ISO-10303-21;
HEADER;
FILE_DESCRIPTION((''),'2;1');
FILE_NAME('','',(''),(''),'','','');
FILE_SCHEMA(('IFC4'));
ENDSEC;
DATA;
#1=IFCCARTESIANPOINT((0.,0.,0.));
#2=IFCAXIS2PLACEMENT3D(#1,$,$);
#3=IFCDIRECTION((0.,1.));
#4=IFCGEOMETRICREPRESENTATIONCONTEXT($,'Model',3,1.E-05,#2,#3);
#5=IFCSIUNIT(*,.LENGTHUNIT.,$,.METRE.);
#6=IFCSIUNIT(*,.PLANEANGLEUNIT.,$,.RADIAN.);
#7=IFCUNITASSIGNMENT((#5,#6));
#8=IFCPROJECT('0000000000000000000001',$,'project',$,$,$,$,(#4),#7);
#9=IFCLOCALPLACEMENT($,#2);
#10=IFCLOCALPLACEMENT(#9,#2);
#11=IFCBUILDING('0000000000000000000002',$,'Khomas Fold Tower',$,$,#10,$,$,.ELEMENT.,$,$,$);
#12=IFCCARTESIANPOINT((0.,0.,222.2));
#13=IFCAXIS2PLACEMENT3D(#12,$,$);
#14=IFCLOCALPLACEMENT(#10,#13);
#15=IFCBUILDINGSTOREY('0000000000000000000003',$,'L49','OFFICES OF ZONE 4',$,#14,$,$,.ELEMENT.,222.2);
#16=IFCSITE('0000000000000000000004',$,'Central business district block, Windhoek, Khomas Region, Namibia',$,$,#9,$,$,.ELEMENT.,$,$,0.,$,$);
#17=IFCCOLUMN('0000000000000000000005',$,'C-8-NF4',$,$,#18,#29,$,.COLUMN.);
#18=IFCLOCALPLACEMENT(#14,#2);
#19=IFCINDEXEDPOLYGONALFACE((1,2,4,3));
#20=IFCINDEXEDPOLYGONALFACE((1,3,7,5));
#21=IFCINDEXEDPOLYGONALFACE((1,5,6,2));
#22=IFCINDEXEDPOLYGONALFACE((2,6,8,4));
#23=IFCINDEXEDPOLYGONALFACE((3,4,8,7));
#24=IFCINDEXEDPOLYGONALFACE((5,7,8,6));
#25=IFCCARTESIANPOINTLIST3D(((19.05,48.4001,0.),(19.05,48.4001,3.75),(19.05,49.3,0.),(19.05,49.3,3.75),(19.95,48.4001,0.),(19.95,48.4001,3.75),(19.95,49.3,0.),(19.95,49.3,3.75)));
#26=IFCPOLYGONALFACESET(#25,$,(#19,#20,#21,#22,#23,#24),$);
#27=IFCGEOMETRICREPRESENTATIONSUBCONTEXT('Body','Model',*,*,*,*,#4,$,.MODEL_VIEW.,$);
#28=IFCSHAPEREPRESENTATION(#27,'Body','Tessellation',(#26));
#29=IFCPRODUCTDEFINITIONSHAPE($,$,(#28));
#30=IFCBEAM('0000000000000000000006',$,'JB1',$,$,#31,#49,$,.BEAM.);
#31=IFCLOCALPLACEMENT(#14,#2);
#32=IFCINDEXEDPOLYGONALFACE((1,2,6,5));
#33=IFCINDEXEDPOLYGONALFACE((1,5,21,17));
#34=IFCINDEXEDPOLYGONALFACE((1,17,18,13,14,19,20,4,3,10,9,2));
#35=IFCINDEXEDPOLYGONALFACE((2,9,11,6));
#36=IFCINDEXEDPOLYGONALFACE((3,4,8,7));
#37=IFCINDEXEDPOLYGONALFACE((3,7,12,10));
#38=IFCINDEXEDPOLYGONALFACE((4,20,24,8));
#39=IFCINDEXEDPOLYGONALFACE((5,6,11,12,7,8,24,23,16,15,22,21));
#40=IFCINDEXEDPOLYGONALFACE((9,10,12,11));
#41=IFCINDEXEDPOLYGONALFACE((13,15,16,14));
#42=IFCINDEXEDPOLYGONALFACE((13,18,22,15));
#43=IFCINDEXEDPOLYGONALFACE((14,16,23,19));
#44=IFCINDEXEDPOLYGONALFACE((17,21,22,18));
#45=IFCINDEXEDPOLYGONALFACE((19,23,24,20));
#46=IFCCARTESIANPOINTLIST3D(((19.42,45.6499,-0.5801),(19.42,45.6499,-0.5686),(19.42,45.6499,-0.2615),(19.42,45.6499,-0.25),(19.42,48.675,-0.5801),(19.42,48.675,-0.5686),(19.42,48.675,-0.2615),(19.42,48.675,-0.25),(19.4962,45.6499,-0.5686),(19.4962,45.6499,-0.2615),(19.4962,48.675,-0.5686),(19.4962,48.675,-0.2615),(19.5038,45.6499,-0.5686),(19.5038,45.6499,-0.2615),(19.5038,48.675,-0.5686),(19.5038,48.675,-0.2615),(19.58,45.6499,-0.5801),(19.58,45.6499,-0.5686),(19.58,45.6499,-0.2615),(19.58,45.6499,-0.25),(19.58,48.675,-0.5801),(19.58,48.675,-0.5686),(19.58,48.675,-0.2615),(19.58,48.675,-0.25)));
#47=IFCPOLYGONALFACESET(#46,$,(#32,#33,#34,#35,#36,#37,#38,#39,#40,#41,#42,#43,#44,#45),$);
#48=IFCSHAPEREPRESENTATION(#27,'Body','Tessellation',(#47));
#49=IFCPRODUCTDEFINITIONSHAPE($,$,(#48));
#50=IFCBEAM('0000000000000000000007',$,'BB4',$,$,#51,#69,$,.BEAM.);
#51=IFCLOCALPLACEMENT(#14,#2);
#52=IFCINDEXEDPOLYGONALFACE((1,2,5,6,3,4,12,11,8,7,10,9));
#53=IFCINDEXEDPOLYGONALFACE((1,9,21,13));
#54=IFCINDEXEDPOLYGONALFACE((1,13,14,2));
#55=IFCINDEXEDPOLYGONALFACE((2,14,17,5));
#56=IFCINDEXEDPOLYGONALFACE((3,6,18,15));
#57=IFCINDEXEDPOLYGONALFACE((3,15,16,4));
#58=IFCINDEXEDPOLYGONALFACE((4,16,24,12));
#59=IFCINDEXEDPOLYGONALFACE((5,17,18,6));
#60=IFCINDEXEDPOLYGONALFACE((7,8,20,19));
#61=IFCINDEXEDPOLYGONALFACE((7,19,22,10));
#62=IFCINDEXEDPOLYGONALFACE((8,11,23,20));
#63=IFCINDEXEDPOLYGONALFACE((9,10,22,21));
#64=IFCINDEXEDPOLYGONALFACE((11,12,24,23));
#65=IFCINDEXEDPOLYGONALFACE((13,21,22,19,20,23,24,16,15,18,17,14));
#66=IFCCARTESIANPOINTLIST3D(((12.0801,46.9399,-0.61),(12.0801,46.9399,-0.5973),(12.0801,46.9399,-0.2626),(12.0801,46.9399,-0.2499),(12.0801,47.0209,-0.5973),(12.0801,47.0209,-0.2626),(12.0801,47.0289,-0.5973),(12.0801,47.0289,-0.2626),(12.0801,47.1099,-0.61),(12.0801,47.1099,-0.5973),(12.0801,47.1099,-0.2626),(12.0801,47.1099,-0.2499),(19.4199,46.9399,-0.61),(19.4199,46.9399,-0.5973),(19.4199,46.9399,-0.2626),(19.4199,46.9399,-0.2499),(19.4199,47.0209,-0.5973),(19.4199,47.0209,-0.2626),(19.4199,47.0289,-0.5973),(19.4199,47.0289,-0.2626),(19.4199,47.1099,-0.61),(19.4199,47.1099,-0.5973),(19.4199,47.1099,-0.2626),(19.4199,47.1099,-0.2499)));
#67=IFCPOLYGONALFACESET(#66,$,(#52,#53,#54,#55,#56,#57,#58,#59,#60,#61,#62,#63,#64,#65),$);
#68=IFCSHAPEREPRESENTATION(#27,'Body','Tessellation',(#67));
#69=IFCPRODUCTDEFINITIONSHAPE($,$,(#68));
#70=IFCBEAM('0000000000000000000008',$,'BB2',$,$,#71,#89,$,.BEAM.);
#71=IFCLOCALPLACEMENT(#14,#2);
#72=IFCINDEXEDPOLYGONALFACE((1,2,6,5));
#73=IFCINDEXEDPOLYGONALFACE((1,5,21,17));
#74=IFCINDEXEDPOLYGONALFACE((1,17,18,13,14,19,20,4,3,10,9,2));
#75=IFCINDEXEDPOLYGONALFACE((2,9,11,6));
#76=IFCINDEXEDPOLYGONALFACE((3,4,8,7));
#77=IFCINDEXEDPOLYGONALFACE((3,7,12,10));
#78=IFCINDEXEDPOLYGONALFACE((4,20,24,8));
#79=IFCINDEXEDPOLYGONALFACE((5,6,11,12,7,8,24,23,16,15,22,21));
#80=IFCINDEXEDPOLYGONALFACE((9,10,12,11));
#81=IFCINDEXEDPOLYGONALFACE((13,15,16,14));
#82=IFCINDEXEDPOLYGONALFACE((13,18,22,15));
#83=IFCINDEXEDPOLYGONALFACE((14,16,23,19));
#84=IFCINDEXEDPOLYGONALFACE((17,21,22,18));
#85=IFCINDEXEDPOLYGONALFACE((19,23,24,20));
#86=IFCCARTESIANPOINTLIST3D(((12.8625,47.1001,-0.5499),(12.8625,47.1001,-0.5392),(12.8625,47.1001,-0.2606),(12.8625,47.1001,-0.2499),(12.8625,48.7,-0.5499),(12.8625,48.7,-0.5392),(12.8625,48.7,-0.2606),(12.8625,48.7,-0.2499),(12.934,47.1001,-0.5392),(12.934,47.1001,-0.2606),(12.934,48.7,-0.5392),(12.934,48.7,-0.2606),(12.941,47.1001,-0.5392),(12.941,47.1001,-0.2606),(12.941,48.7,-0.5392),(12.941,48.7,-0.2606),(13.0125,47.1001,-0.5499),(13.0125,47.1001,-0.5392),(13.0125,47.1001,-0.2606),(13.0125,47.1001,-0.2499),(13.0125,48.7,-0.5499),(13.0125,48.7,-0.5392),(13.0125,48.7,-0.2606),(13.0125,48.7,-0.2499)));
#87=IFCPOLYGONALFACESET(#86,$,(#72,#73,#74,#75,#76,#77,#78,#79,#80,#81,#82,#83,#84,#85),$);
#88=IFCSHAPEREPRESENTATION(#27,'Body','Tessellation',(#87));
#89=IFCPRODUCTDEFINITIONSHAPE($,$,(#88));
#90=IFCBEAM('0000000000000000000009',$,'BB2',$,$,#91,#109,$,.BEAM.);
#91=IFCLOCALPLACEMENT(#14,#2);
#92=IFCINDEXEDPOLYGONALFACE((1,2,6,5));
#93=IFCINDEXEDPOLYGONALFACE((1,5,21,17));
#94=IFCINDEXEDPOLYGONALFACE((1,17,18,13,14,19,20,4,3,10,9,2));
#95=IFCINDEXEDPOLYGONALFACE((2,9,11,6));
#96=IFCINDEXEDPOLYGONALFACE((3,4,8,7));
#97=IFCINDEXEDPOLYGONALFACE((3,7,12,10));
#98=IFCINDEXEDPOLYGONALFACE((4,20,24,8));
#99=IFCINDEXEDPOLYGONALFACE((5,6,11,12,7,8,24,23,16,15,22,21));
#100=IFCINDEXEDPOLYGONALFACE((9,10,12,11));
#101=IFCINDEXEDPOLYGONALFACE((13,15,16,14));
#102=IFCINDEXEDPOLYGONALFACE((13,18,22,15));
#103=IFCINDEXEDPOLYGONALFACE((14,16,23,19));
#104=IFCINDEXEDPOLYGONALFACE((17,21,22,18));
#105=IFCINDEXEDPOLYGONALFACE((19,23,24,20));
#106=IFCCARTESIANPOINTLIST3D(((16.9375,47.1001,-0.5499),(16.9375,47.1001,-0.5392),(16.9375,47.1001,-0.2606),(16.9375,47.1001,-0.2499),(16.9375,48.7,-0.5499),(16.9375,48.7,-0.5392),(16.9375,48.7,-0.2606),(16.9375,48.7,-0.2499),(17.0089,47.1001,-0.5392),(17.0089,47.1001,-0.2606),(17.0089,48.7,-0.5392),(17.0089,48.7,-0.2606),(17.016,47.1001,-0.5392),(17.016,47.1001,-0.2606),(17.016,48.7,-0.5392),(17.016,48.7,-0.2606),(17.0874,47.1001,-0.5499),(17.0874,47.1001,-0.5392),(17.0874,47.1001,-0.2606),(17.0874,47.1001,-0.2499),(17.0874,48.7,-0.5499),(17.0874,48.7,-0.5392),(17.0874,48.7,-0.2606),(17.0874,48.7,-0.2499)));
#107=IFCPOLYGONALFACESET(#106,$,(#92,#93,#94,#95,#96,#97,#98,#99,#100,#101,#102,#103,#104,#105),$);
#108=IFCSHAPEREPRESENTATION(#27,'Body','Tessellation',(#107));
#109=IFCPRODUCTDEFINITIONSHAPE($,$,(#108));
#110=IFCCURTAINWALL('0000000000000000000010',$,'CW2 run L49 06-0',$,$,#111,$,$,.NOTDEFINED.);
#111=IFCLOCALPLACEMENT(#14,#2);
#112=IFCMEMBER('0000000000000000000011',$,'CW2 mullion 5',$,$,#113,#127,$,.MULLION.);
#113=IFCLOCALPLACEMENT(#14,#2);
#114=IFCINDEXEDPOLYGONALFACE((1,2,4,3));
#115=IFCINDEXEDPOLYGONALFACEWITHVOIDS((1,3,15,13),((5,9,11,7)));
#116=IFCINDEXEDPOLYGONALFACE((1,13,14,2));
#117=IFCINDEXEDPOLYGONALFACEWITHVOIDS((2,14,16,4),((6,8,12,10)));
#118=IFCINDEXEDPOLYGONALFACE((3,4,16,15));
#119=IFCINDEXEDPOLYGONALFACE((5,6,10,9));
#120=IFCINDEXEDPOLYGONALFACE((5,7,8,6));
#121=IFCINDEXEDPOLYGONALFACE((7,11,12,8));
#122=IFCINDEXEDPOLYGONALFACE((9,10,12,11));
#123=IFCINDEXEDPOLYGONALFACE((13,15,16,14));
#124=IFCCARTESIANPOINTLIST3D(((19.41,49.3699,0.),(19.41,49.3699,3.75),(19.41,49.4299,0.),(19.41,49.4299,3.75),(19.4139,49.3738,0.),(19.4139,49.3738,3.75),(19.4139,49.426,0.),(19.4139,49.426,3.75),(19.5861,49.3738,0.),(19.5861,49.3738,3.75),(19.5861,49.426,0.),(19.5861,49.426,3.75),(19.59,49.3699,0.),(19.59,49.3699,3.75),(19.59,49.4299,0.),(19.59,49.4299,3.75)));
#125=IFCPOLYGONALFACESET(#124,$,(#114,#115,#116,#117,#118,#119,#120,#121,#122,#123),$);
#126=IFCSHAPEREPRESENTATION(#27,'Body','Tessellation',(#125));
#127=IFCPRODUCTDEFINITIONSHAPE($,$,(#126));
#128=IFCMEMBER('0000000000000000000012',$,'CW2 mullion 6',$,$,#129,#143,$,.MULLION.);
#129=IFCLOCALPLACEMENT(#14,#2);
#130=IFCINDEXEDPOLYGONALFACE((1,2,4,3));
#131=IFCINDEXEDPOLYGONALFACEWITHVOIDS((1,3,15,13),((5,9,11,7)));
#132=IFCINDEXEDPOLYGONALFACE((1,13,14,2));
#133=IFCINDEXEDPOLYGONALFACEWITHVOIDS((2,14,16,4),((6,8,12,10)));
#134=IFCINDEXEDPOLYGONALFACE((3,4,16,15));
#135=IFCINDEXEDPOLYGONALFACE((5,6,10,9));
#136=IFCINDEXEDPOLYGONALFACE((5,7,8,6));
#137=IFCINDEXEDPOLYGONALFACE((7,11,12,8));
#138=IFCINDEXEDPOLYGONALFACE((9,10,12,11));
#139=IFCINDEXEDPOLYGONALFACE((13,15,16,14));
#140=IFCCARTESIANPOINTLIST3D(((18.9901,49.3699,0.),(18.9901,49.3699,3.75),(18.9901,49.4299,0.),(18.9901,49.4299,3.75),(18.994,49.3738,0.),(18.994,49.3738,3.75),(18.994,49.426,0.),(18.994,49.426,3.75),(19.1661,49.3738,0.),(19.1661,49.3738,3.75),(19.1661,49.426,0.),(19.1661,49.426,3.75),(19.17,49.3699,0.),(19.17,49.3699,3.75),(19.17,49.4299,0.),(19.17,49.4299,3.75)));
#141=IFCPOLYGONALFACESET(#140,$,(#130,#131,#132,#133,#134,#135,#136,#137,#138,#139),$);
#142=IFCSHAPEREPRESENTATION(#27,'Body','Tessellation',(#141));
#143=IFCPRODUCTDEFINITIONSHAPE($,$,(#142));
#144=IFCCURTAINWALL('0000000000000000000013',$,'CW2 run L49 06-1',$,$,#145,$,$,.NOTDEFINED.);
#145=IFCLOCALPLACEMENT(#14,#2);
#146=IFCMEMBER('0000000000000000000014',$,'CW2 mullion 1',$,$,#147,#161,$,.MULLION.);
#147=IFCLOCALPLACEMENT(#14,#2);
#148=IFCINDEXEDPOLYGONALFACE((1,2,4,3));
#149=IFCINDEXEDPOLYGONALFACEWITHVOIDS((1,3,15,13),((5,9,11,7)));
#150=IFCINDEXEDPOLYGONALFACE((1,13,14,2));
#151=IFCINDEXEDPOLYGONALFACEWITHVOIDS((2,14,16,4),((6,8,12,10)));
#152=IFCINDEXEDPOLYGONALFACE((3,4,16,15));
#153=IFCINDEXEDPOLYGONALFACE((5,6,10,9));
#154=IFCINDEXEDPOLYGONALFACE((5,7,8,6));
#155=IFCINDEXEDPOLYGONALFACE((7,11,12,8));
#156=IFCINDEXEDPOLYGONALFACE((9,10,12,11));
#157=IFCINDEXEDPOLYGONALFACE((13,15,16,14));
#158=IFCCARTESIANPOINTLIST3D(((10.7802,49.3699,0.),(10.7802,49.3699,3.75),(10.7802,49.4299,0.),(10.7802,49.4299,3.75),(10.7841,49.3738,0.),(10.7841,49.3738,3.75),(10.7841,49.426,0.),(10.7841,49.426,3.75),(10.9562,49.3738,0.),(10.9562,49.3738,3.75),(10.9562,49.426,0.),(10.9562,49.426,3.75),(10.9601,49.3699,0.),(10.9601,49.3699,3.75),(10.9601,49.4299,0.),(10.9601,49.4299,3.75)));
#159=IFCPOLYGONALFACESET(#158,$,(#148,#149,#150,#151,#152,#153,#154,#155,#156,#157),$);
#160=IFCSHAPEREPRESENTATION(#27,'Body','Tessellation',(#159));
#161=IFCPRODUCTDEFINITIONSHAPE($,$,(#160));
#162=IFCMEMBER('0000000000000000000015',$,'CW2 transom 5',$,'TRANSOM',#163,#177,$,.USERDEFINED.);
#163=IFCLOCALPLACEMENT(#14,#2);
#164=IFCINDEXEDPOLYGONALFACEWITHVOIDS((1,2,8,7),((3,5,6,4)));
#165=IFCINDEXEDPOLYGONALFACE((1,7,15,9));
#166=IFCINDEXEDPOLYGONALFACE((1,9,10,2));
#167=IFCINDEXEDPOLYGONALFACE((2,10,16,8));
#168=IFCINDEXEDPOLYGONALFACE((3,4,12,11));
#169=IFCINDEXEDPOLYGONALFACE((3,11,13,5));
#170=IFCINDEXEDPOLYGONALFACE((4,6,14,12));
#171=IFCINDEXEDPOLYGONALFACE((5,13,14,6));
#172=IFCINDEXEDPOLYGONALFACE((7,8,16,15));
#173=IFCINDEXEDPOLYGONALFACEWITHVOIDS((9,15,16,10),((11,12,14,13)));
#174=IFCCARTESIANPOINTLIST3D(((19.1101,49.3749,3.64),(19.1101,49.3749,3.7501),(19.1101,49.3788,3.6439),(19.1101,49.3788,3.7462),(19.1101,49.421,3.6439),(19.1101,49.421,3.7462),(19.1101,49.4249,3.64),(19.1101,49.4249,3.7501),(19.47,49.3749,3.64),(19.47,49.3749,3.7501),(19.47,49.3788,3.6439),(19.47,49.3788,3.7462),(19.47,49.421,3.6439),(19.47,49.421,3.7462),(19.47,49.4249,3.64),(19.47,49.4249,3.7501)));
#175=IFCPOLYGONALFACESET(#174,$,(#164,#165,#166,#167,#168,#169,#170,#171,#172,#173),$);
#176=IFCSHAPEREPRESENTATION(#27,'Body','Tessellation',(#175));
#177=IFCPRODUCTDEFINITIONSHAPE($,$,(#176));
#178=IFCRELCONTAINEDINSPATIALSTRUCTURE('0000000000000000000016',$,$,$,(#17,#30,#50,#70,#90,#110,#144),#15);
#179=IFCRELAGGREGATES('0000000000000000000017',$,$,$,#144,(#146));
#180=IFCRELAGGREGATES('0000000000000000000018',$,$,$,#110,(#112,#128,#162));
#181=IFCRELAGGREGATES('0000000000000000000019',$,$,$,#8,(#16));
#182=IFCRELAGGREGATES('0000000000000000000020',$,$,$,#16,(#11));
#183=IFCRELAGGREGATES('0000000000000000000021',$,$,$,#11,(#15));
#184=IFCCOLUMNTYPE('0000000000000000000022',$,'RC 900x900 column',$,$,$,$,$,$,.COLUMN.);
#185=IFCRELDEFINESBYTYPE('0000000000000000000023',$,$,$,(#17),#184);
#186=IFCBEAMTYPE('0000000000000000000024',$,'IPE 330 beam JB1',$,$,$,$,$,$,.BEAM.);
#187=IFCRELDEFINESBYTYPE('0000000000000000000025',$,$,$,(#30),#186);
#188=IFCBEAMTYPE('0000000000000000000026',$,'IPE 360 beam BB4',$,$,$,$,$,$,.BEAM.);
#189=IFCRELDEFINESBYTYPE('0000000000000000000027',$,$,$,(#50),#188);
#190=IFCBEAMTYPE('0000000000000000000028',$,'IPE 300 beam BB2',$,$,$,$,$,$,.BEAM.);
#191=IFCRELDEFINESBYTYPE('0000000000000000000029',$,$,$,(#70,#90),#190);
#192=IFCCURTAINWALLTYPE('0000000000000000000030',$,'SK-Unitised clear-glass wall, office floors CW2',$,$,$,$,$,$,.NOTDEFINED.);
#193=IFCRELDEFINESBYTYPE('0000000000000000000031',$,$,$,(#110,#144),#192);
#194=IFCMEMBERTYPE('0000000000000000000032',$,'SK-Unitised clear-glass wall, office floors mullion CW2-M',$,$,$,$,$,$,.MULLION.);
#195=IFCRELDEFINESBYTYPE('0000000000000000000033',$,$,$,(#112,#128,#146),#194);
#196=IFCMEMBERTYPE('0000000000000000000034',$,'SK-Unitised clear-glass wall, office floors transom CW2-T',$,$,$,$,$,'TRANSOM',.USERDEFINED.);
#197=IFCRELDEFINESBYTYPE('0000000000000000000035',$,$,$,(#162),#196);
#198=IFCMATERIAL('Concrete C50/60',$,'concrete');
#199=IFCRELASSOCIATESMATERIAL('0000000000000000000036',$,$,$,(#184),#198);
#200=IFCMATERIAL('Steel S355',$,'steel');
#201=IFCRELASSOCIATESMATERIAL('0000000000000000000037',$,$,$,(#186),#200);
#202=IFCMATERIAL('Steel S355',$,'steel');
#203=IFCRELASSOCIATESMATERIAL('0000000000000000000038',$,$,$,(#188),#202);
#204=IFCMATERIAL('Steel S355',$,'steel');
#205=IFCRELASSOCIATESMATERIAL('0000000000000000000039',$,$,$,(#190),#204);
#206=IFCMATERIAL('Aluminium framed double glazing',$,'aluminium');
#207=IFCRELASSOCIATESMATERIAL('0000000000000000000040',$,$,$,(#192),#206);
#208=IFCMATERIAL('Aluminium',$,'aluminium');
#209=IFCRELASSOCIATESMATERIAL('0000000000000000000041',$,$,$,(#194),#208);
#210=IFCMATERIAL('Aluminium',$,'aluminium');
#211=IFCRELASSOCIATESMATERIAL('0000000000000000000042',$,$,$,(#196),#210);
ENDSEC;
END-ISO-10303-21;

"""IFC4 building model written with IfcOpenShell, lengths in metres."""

from ifc_helpers import new_model, si_unit, direction, frame, origin, origin_2d, place, context, subcontext, project, spatial, rectangle, hollow_rectangle, i_section, extrude, source, transform, mapped, material, material_profile, profile_set, type_object, element, aggregate, save


model = new_model("IFC4")

# Units and contexts
model_context = context("Model", 3, precision=1e-05, world=origin(), true_north=direction((0.0, 1.0)))
body_context = subcontext(model_context, "Body", "Model", "MODEL_VIEW")
ifc_project = project(units=[si_unit("LENGTHUNIT", "METRE"), si_unit("PLANEANGLEUNIT", "RADIAN")], contexts=[model_context])

# Site, building, storey
site_placement = place(None, origin())
site = spatial("IfcSite", under=ifc_project, at=site_placement, Name="Central business district block, Windhoek, Khomas Region, Namibia", CompositionType="ELEMENT", RefElevation=0.0)
building_placement = place(site_placement, origin())
building = spatial("IfcBuilding", under=site, at=building_placement, Name="Khomas Fold Tower", CompositionType="ELEMENT")
storey_placement = place(building_placement, frame((0.0, 0.0, 222.2)))
storey = spatial("IfcBuildingStorey", under=building, at=storey_placement, Name="L49", Description="OFFICES OF ZONE 4", CompositionType="ELEMENT", Elevation=222.2)

# Column
ifc_material_1 = material(Name="Concrete C50/60", Category="concrete")
ifc_material_profile_1 = material_profile(ifc_material_1, rectangle(XDim=0.8999, YDim=0.8999, at=origin_2d()), Name="RC 900x900")
ifc_profile_set_1 = profile_set([ifc_material_profile_1], Name="Concrete C50/60")
column_type = type_object("IfcColumnType", Name="RC 900x900 column", PredefinedType="COLUMN", material=ifc_profile_set_1)
shared_shape_1 = source(origin(), body_context, "Body", "SweptSolid", [
    extrude(rectangle(XDim=0.8999, YDim=0.8999, at=origin_2d()), origin(), (0.0, 0.0, 1.0), 3.75),
])
column_placement = place(storey_placement, frame((19.5, 48.8501, 0.0), z_axis=(0.0, 0.0, 1.0), x_axis=(1.0, 0.0, 0.0)))
element("IfcColumn", 1, at=column_placement, inside=storey, type_object=column_type, Name="C-8-NF4", PredefinedType="COLUMN", context=body_context, shape_type="MappedRepresentation", body=[
    mapped(shared_shape_1, transform((0.0, 0.0, 0.0))),
])

# Beams
ifc_material_2 = material(Name="Steel S355", Category="steel")
ifc_material_profile_2 = material_profile(ifc_material_2, i_section(OverallWidth=0.1599, OverallDepth=0.3301, WebThickness=0.0076, FlangeThickness=0.0115, at=origin_2d()), Name="IPE 330")
ifc_profile_set_2 = profile_set([ifc_material_profile_2], Name="Steel S355")
beam_type_1 = type_object("IfcBeamType", Name="IPE 330 beam JB1", PredefinedType="BEAM", material=ifc_profile_set_2)
shared_shape_2 = source(origin(), body_context, "Body", "SweptSolid", [
    extrude(i_section(OverallWidth=0.1599, OverallDepth=0.3301, WebThickness=0.0076, FlangeThickness=0.0115, at=origin_2d()), origin(), (0.0, 0.0, 1.0), 3.0251),
])
beam_1_placement = place(storey_placement, frame((19.5, 45.6499, -0.415), z_axis=(0.0, 1.0, 0.0), x_axis=(-1.0, 0.0, 0.0)))
element("IfcBeam", 2, at=beam_1_placement, inside=storey, type_object=beam_type_1, Name="JB1", PredefinedType="BEAM", context=body_context, shape_type="MappedRepresentation", body=[
    mapped(shared_shape_2, transform((0.0, 0.0, 0.0))),
])
ifc_material_3 = material(Name="Steel S355", Category="steel")
ifc_material_profile_3 = material_profile(ifc_material_3, i_section(OverallWidth=0.1699, OverallDepth=0.3601, WebThickness=0.0081, FlangeThickness=0.0127, at=origin_2d()), Name="IPE 360")
ifc_profile_set_3 = profile_set([ifc_material_profile_3], Name="Steel S355")
beam_type_2 = type_object("IfcBeamType", Name="IPE 360 beam BB4", PredefinedType="BEAM", material=ifc_profile_set_3)
shared_shape_3 = source(origin(), body_context, "Body", "SweptSolid", [
    extrude(i_section(OverallWidth=0.1699, OverallDepth=0.3601, WebThickness=0.0081, FlangeThickness=0.0127, at=origin_2d()), origin(), (0.0, 0.0, 1.0), 7.3398),
])
beam_2_placement = place(storey_placement, frame((12.0801, 47.0249, -0.4299), z_axis=(1.0, 0.0, 0.0), x_axis=(0.0, 1.0, 0.0)))
element("IfcBeam", 3, at=beam_2_placement, inside=storey, type_object=beam_type_2, Name="BB4", PredefinedType="BEAM", context=body_context, shape_type="MappedRepresentation", body=[
    mapped(shared_shape_3, transform((0.0, 0.0, 0.0))),
])
ifc_material_4 = material(Name="Steel S355", Category="steel")
ifc_material_profile_4 = material_profile(ifc_material_4, i_section(OverallWidth=0.1499, OverallDepth=0.3, WebThickness=0.0071, FlangeThickness=0.0107, at=origin_2d()), Name="IPE 300")
ifc_profile_set_4 = profile_set([ifc_material_profile_4], Name="Steel S355")
beam_type_3 = type_object("IfcBeamType", Name="IPE 300 beam BB2", PredefinedType="BEAM", material=ifc_profile_set_4)
shared_shape_4 = source(origin(), body_context, "Body", "SweptSolid", [
    extrude(i_section(OverallWidth=0.1499, OverallDepth=0.3, WebThickness=0.0071, FlangeThickness=0.0107, at=origin_2d()), origin(), (0.0, 0.0, 1.0), 1.5999),
])
for number, where, z_axis, x_axis, name in (
    (4, (12.9375, 47.1001, -0.3999), (0.0, 1.0, 0.0), (-1.0, 0.0, 0.0), "BB2"),
    (5, (17.0125, 47.1001, -0.3999), (0.0, 1.0, 0.0), (-1.0, 0.0, 0.0), "BB2"),
):
    element("IfcBeam", number, at=place(storey_placement, frame(where, z_axis=z_axis, x_axis=x_axis)), inside=storey, type_object=beam_type_3, Name=name, PredefinedType="BEAM", context=body_context, shape_type="MappedRepresentation", body=[
        mapped(shared_shape_4, transform((0.0, 0.0, 0.0))),
    ])

# Curtain wall, members
ifc_material_5 = material(Name="Aluminium framed double glazing", Category="aluminium")
curtain_wall_type = type_object("IfcCurtainWallType", Name="SK-Unitised clear-glass wall, office floors CW2", PredefinedType="NOTDEFINED", material=ifc_material_5)
curtain_wall_1_placement = place(storey_placement, origin())
curtain_wall_1 = element("IfcCurtainWall", 6, at=curtain_wall_1_placement, inside=storey, type_object=curtain_wall_type, Name="CW2 run L49 06-0", PredefinedType="NOTDEFINED")
ifc_material_6 = material(Name="Aluminium", Category="aluminium")
ifc_material_profile_5 = material_profile(ifc_material_6, hollow_rectangle(XDim=0.0601, YDim=0.1799, WallThickness=0.0039, at=origin_2d()), Name="SK-Unitised clear-glass wall, office floors mullion CW2-M")
ifc_profile_set_5 = profile_set([ifc_material_profile_5], Name="Aluminium")
member_type_1 = type_object("IfcMemberType", Name="SK-Unitised clear-glass wall, office floors mullion CW2-M", PredefinedType="MULLION", material=ifc_profile_set_5)
shared_shape_5 = source(origin(), body_context, "Body", "SweptSolid", [
    extrude(hollow_rectangle(XDim=0.0601, YDim=0.1799, WallThickness=0.0039, at=origin_2d()), origin(), (0.0, 0.0, 1.0), 3.75),
])
member_1_placement = place(storey_placement, frame((19.5, 49.3999, 0.0), z_axis=(0.0, 0.0, 1.0), x_axis=(0.0, -1.0, 0.0)))
member_1 = element("IfcMember", 7, at=member_1_placement, type_object=member_type_1, Name="CW2 mullion 5", PredefinedType="MULLION", context=body_context, shape_type="MappedRepresentation", body=[
    mapped(shared_shape_5, transform((0.0, 0.0, 0.0))),
])
member_2_placement = place(storey_placement, frame((19.0801, 49.3999, 0.0), z_axis=(0.0, 0.0, 1.0), x_axis=(0.0, -1.0, 0.0)))
member_2 = element("IfcMember", 8, at=member_2_placement, type_object=member_type_1, Name="CW2 mullion 6", PredefinedType="MULLION", context=body_context, shape_type="MappedRepresentation", body=[
    mapped(shared_shape_5, transform((0.0, 0.0, 0.0))),
])

# Curtain wall, member
curtain_wall_2_placement = place(storey_placement, origin())
curtain_wall_2 = element("IfcCurtainWall", 9, at=curtain_wall_2_placement, inside=storey, type_object=curtain_wall_type, Name="CW2 run L49 06-1", PredefinedType="NOTDEFINED")
member_3_placement = place(storey_placement, frame((10.8701, 49.3999, 0.0), z_axis=(0.0, 0.0, 1.0), x_axis=(0.0, -1.0, 0.0)))
member_3 = element("IfcMember", 10, at=member_3_placement, type_object=member_type_1, Name="CW2 mullion 1", PredefinedType="MULLION", context=body_context, shape_type="MappedRepresentation", body=[
    mapped(shared_shape_5, transform((0.0, 0.0, 0.0))),
])
aggregate(curtain_wall_2, [member_3])

# Member
ifc_material_7 = material(Name="Aluminium", Category="aluminium")
ifc_material_profile_6 = material_profile(ifc_material_7, hollow_rectangle(XDim=0.05, YDim=0.1101, WallThickness=0.0039, at=origin_2d()), Name="SK-Unitised clear-glass wall, office floors transom CW2-T")
ifc_profile_set_6 = profile_set([ifc_material_profile_6], Name="Aluminium")
member_type_2 = type_object("IfcMemberType", Name="SK-Unitised clear-glass wall, office floors transom CW2-T", ElementType="TRANSOM", PredefinedType="USERDEFINED", material=ifc_profile_set_6)
shared_shape_6 = source(origin(), body_context, "Body", "SweptSolid", [
    extrude(hollow_rectangle(XDim=0.05, YDim=0.1101, WallThickness=0.0039, at=origin_2d()), origin(), (0.0, 0.0, 1.0), 0.3599),
])
member_4_placement = place(storey_placement, frame((19.47, 49.3999, 3.6951), z_axis=(-1.0, 0.0, 0.0), x_axis=(0.0, -1.0, 0.0)))
member_4 = element("IfcMember", 11, at=member_4_placement, type_object=member_type_2, Name="CW2 transom 5", ObjectType="TRANSOM", PredefinedType="USERDEFINED", context=body_context, shape_type="MappedRepresentation", body=[
    mapped(shared_shape_6, transform((0.0, 0.0, 0.0))),
])

aggregate(curtain_wall_1, [member_1, member_2, member_4])

save(model, "model.ifc")
